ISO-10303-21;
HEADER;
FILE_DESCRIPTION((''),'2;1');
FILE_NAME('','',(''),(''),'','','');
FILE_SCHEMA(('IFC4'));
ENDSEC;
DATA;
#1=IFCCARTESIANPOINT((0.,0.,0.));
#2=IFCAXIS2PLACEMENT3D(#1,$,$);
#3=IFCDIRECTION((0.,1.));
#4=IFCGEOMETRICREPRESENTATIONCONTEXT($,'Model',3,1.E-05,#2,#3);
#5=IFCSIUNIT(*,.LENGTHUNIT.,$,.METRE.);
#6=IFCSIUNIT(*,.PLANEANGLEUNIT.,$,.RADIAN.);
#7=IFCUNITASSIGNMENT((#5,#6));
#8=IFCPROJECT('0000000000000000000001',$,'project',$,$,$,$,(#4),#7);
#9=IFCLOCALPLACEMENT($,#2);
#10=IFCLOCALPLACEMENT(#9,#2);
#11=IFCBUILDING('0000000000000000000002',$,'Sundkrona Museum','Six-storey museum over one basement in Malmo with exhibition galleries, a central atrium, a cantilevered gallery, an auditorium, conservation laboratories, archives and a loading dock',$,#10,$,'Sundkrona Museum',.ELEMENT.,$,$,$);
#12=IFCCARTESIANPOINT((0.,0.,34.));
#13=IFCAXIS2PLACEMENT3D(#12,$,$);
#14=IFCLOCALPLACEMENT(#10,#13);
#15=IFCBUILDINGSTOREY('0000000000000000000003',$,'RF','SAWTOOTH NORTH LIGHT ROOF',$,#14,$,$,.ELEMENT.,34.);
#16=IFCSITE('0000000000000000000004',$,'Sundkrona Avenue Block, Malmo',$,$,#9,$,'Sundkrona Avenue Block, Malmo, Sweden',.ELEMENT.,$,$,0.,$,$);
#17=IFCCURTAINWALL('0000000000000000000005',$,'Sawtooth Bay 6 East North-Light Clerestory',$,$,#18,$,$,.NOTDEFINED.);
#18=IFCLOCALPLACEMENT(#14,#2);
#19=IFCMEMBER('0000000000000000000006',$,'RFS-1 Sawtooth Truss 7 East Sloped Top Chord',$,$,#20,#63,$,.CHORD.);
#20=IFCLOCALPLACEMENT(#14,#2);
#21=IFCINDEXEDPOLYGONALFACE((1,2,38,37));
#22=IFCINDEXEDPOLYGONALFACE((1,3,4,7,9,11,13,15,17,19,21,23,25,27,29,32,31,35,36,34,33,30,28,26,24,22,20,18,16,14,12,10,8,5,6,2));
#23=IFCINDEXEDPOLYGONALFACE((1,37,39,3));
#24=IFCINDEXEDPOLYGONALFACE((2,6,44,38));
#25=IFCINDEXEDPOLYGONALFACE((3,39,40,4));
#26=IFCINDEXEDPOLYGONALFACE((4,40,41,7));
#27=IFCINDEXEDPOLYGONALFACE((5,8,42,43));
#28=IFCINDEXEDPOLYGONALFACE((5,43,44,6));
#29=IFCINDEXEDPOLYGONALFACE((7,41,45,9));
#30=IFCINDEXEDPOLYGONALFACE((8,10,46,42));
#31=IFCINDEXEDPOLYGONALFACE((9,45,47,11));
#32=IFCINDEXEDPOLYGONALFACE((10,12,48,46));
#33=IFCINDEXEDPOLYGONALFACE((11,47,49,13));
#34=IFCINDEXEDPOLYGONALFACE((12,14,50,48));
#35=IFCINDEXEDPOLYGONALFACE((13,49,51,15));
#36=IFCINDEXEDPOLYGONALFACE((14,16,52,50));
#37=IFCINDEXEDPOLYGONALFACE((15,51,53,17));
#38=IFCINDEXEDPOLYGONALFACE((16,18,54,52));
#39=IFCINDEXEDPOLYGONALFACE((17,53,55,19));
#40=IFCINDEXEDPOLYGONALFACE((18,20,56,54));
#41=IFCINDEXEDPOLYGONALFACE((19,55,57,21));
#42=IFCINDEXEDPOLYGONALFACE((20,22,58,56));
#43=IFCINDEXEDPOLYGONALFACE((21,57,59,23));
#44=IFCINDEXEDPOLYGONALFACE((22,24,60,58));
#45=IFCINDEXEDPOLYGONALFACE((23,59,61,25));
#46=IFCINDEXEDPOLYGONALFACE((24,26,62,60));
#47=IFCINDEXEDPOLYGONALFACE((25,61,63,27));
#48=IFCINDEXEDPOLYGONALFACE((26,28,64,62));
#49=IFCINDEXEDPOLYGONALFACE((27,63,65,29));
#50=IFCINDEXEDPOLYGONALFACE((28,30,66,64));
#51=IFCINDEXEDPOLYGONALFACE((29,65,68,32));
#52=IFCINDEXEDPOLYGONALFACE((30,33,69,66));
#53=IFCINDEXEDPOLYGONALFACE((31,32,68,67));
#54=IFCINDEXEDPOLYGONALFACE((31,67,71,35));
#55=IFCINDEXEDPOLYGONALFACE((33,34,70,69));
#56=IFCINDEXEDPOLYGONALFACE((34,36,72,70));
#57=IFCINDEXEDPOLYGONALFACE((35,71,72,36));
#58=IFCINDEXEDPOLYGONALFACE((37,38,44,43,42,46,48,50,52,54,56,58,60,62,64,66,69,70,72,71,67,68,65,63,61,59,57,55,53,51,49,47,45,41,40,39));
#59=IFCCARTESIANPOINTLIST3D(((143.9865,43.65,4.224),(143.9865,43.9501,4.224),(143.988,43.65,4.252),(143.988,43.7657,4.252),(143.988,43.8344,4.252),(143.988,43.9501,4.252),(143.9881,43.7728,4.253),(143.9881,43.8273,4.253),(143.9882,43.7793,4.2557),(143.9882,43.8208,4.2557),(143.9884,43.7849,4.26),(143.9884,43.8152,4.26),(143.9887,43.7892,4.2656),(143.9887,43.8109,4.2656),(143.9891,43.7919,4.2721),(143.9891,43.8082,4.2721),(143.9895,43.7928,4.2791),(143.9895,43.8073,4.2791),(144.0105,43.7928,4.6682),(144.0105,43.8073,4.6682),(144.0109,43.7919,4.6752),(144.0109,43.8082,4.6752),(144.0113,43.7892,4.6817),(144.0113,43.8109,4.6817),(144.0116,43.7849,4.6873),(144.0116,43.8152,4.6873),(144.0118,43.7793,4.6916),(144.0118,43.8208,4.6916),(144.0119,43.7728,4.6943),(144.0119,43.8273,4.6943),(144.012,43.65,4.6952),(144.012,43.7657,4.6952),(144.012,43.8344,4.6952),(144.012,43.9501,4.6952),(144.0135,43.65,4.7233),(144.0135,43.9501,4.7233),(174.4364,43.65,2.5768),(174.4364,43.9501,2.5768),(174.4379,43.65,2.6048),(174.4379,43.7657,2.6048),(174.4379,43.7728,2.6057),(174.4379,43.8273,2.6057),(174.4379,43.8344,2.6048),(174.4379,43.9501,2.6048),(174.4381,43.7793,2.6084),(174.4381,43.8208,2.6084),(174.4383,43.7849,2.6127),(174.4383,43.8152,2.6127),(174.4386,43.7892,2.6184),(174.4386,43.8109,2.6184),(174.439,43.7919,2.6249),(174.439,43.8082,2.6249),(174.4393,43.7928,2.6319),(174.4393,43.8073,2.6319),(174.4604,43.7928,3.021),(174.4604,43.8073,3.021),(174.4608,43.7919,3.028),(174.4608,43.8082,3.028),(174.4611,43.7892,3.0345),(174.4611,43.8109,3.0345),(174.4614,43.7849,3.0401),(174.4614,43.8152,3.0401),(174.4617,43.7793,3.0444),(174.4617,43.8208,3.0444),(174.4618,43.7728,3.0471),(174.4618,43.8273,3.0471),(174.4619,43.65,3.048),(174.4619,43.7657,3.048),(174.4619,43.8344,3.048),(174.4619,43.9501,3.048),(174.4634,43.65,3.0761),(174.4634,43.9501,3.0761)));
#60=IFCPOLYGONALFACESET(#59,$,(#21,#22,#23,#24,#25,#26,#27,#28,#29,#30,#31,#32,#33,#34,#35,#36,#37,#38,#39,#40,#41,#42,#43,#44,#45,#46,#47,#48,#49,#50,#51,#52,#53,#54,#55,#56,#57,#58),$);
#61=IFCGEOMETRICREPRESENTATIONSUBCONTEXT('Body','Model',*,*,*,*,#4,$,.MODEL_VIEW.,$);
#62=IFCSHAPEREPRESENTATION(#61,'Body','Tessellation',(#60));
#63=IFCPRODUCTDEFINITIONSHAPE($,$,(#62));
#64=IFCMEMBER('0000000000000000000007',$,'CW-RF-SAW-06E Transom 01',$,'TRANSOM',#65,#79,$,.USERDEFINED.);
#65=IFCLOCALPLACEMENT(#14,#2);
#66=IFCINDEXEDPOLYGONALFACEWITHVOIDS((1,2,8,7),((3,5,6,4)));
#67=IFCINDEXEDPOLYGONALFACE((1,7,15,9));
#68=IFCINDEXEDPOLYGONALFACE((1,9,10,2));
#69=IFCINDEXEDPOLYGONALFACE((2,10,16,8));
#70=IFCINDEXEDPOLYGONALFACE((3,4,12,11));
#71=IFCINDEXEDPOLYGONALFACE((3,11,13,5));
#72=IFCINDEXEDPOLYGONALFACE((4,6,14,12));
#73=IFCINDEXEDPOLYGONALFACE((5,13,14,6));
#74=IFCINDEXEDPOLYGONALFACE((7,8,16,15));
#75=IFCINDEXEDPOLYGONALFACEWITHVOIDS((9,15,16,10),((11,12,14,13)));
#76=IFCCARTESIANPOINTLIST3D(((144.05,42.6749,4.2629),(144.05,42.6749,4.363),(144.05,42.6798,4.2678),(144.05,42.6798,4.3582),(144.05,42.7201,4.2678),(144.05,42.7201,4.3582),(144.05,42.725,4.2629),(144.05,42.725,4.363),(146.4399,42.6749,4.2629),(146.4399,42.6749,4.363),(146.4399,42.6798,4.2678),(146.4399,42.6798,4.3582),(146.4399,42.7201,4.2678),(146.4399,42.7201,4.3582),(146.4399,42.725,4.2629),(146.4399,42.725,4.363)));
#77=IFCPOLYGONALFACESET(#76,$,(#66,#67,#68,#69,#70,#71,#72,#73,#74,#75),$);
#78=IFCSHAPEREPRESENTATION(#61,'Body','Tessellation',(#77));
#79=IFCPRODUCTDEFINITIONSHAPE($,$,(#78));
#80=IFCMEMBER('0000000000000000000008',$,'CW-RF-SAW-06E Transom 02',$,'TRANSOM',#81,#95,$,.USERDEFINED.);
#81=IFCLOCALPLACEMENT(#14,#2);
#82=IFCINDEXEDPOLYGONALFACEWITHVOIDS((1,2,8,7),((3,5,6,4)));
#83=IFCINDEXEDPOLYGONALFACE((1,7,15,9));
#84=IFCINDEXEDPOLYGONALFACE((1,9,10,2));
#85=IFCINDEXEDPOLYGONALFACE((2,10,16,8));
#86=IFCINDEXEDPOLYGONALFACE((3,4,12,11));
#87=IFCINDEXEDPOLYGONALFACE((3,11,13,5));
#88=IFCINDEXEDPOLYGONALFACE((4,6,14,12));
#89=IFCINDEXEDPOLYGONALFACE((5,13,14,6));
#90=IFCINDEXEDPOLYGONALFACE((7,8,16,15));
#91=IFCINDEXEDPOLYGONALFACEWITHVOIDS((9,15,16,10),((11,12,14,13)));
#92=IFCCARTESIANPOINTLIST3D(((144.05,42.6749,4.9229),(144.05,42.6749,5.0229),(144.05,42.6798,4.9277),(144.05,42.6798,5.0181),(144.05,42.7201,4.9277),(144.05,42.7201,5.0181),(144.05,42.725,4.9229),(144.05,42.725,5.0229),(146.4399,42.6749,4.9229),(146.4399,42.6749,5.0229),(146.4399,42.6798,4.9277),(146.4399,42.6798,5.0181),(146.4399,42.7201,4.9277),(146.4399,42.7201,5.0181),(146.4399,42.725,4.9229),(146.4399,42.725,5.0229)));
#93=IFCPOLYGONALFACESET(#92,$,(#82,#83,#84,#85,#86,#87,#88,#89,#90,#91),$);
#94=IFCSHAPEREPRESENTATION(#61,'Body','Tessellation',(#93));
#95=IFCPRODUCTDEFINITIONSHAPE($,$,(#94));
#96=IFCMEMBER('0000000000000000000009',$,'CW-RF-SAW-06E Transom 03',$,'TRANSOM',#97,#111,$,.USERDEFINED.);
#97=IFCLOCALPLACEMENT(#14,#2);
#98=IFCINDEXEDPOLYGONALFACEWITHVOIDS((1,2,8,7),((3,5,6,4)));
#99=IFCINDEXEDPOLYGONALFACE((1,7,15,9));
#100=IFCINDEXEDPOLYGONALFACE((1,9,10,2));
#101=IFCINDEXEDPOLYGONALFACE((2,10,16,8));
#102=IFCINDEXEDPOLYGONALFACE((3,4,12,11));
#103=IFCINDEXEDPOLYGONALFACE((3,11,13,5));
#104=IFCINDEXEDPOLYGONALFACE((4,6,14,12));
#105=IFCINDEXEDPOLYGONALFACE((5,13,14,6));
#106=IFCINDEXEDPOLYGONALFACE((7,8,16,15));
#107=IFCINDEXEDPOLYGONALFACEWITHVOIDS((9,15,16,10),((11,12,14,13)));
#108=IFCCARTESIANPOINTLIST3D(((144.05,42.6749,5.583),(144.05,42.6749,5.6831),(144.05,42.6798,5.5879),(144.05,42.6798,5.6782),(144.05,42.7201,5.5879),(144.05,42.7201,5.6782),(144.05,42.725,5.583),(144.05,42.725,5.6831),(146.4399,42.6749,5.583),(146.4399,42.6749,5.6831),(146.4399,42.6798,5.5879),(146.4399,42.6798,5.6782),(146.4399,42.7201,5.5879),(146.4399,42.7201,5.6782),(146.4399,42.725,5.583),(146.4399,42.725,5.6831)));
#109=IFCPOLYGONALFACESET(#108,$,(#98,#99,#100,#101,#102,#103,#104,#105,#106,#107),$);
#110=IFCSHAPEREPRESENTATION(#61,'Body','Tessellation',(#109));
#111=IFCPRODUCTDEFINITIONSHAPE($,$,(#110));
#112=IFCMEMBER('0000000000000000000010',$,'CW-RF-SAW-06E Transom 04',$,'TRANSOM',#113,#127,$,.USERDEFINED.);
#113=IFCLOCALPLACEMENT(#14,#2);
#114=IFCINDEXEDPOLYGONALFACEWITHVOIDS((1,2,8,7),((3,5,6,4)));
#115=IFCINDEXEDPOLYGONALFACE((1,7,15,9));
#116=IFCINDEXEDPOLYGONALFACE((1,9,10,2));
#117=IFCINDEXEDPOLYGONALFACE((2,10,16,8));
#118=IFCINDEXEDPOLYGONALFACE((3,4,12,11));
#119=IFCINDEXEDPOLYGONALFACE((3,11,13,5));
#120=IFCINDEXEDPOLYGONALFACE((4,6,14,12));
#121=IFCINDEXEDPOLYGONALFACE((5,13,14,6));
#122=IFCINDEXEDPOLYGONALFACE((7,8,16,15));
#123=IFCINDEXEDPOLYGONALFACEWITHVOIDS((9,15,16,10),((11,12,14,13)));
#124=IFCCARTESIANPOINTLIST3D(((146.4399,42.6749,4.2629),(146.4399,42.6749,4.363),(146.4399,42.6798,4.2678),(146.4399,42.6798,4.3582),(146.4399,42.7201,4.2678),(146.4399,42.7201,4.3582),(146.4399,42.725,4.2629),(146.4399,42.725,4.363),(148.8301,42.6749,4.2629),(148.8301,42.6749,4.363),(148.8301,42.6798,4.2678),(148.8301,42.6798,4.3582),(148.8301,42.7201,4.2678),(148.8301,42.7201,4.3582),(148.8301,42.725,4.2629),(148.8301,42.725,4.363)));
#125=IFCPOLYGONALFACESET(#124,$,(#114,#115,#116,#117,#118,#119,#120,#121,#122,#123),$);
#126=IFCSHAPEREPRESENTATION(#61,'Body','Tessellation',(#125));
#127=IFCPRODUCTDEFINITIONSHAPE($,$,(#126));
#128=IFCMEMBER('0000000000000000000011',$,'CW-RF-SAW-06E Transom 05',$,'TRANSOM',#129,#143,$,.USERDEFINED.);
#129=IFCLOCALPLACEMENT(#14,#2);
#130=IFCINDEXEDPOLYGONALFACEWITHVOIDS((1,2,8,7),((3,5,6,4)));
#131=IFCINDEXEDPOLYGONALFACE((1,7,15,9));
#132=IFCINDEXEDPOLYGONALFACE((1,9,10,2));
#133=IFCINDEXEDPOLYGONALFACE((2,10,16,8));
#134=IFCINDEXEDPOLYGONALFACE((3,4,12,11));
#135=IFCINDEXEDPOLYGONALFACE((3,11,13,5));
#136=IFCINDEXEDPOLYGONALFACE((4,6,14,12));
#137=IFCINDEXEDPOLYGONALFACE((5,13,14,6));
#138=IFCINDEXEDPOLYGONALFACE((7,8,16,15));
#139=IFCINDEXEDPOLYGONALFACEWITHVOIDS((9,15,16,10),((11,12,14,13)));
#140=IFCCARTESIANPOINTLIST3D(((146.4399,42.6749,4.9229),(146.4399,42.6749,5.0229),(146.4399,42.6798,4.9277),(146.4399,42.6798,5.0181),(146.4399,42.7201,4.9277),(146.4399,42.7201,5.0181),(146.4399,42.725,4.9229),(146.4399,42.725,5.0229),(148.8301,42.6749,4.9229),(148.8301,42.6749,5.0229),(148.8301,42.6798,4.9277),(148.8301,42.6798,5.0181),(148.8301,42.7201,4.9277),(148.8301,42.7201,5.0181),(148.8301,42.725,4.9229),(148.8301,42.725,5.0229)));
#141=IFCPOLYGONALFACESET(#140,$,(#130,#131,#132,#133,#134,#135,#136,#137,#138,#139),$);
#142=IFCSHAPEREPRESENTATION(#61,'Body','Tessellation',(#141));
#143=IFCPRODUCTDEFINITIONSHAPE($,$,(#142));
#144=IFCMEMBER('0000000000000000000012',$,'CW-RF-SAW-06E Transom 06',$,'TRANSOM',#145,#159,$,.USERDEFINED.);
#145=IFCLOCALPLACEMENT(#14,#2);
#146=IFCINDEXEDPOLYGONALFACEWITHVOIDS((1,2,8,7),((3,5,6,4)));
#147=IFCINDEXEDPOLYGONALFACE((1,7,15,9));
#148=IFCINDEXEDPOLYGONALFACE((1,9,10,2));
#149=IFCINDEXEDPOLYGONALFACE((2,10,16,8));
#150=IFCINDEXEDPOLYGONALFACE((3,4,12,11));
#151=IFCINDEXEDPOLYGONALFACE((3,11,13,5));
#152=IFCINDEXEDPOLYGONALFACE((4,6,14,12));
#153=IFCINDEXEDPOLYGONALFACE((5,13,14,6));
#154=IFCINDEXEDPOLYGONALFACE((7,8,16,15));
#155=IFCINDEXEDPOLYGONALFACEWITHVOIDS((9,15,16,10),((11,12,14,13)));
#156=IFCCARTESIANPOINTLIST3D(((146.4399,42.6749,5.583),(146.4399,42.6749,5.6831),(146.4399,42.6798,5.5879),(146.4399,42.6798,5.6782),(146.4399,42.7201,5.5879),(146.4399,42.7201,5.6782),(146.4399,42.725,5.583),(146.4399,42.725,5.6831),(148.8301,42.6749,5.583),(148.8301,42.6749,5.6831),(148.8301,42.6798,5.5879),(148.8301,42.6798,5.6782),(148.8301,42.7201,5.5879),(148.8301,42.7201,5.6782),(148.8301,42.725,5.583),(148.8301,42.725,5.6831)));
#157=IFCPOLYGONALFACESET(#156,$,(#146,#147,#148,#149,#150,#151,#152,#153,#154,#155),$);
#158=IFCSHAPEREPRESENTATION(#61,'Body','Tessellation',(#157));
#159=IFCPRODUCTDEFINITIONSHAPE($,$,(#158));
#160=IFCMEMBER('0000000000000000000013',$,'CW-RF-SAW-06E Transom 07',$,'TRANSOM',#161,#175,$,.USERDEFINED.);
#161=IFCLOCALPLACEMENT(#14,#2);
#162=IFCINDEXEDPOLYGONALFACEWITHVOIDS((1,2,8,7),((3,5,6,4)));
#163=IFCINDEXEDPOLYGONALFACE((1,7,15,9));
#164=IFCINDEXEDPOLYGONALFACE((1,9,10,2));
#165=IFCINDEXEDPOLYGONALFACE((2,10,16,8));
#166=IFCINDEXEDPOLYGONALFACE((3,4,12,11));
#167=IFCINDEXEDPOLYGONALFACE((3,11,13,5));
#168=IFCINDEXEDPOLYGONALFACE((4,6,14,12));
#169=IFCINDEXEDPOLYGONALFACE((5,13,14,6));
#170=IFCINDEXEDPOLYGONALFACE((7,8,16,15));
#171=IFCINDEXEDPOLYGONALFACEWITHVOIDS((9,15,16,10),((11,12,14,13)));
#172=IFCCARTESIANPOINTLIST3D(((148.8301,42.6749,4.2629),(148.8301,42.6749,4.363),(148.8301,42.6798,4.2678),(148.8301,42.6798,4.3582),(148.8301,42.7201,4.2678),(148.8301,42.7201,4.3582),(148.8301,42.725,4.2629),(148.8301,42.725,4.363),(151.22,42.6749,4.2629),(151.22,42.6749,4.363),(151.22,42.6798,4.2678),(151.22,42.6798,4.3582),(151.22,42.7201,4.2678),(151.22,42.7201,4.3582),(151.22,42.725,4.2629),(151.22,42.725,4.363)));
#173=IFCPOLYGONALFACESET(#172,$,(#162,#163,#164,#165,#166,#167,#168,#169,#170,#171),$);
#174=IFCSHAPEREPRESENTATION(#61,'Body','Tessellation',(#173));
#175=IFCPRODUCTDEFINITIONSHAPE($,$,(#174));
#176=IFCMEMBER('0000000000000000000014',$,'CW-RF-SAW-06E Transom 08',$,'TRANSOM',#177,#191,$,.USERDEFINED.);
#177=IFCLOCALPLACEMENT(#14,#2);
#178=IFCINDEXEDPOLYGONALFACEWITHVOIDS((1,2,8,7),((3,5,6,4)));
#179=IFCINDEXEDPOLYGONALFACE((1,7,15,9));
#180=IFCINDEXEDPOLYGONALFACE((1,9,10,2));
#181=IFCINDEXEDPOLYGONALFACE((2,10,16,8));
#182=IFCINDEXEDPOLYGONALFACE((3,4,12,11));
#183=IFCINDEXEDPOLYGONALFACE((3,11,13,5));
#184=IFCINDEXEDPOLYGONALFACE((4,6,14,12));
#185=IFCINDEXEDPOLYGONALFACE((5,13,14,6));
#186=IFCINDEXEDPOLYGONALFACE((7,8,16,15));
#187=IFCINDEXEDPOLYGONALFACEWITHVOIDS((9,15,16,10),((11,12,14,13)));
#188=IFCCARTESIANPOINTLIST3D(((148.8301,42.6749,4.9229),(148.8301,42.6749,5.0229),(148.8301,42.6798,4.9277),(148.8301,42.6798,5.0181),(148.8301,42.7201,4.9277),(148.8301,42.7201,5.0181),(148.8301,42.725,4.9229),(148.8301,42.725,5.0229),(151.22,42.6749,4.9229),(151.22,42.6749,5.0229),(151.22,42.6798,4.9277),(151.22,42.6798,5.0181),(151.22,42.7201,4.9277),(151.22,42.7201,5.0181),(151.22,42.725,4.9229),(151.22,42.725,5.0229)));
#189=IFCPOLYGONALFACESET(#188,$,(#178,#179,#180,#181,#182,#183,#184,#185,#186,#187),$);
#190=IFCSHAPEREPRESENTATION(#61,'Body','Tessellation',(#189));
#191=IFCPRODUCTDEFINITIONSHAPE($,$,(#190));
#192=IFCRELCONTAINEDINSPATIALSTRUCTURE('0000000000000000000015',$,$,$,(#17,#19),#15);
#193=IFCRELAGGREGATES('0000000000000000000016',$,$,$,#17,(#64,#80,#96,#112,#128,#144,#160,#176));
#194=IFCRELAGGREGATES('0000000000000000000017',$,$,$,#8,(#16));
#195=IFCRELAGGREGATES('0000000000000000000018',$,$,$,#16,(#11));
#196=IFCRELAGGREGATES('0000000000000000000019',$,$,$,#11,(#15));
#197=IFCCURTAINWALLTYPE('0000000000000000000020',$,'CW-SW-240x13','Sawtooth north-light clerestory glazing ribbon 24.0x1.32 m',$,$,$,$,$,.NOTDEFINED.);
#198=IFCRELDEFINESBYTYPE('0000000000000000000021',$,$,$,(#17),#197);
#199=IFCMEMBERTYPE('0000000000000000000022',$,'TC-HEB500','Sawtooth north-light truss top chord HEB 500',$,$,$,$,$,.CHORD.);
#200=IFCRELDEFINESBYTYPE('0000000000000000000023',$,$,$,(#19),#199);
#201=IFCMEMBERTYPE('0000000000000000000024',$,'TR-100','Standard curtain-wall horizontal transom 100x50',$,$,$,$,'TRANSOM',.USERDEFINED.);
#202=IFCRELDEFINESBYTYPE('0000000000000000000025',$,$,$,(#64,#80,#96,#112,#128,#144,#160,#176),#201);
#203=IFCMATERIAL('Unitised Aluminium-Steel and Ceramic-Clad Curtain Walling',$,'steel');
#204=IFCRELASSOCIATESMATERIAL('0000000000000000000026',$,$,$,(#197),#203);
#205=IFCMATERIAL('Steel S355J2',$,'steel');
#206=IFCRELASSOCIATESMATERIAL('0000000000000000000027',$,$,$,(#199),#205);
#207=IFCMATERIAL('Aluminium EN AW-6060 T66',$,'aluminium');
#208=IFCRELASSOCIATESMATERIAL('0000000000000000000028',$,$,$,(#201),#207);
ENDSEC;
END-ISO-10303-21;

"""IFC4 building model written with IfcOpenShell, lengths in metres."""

from ifc_helpers import new_model, si_unit, direction, frame, origin, origin_2d, place, context, subcontext, project, spatial, hollow_rectangle, i_section, extrude, material, material_profile, profile_set, type_object, element, aggregate, save


model = new_model("IFC4")

# Units and contexts
model_context = context("Model", 3, precision=1e-05, world=origin(), true_north=direction((0.0, 1.0)))
body_context = subcontext(model_context, "Body", "Model", "MODEL_VIEW")
ifc_project = project(units=[si_unit("LENGTHUNIT", "METRE"), si_unit("PLANEANGLEUNIT", "RADIAN")], contexts=[model_context])

# Site, building, storey
site_placement = place(None, origin())
site = spatial("IfcSite", under=ifc_project, at=site_placement, Name="Sundkrona Avenue Block, Malmo", LongName="Sundkrona Avenue Block, Malmo, Sweden", CompositionType="ELEMENT", RefElevation=0.0)
building_placement = place(site_placement, origin())
building = spatial("IfcBuilding", under=site, at=building_placement, Name="Sundkrona Museum", Description="Six-storey museum over one basement in Malmo with exhibition galleries, a central atrium, a cantilevered gallery, an auditorium, conservation laboratories, archives and a loading dock", LongName="Sundkrona Museum", CompositionType="ELEMENT")
storey_placement = place(building_placement, frame((0.0, 0.0, 34.0)))
storey = spatial("IfcBuildingStorey", under=building, at=storey_placement, Name="RF", Description="SAWTOOTH NORTH LIGHT ROOF", CompositionType="ELEMENT", Elevation=34.0)

# Curtain wall
ifc_material_1 = material(Name="Unitised Aluminium-Steel and Ceramic-Clad Curtain Walling", Category="steel")
curtain_wall_type = type_object("IfcCurtainWallType", Name="CW-SW-240x13", Description="Sawtooth north-light clerestory glazing ribbon 24.0x1.32 m", PredefinedType="NOTDEFINED", material=ifc_material_1)
curtain_wall_1_placement = place(storey_placement, origin())
curtain_wall_1 = element("IfcCurtainWall", 1, at=curtain_wall_1_placement, inside=storey, type_object=curtain_wall_type, Name="Sawtooth Bay 6 East North-Light Clerestory", PredefinedType="NOTDEFINED")
ifc_material_2 = material(Name="Aluminium EN AW-6060 T66", Category="aluminium")

# Member
ifc_material_3 = material(Name="Steel S355J2", Category="steel")
ifc_material_profile_1 = material_profile(ifc_material_3, i_section(OverallWidth=0.3, OverallDepth=0.5, WebThickness=0.0144, FlangeThickness=0.0281, FilletRadius=0.0271, at=origin_2d()), Name="HEB 500")
ifc_profile_set_1 = profile_set([ifc_material_profile_1], Name="Steel S355J2")
member_type_1 = type_object("IfcMemberType", Name="TC-HEB500", Description="Sawtooth north-light truss top chord HEB 500", PredefinedType="CHORD", material=ifc_profile_set_1)
member_1_placement = place(storey_placement, frame((144.0, 43.8, 4.4736), z_axis=(0.99854, 0.0, -0.054017), x_axis=(0.0, 1.0, 0.0)))
element("IfcMember", 2, at=member_1_placement, inside=storey, type_object=member_type_1, Name="RFS-1 Sawtooth Truss 7 East Sloped Top Chord", PredefinedType="CHORD", context=body_context, shape_type="SweptSolid", body=[
    extrude(i_section(OverallWidth=0.3, OverallDepth=0.5, WebThickness=0.0144, FlangeThickness=0.0281, FilletRadius=0.0271, at=origin_2d()), origin(), (0.0, 0.0, 1.0), 30.4944),
])

# Members
ifc_material_profile_2 = material_profile(ifc_material_2, hollow_rectangle(XDim=0.05, YDim=0.1001, WallThickness=0.0049, at=origin_2d()), Name="RHS 100x50x5.0")
ifc_profile_set_2 = profile_set([ifc_material_profile_2], Name="Aluminium EN AW-6060 T66")
member_type_2 = type_object("IfcMemberType", Name="TR-100", Description="Standard curtain-wall horizontal transom 100x50", ElementType="TRANSOM", PredefinedType="USERDEFINED", material=ifc_profile_set_2)
member_2_placement = place(storey_placement, frame((144.05, 42.7, 4.313), z_axis=(1.0, 0.0, 0.0), x_axis=(0.0, 1.0, 0.0)))
member_2 = element("IfcMember", 3, at=member_2_placement, type_object=member_type_2, Name="CW-RF-SAW-06E Transom 01", ObjectType="TRANSOM", PredefinedType="USERDEFINED", context=body_context, shape_type="SweptSolid", body=[
    extrude(hollow_rectangle(XDim=0.05, YDim=0.1001, WallThickness=0.0049, at=origin_2d()), origin(), (0.0, 0.0, 1.0), 2.3899),
])
member_3_placement = place(storey_placement, frame((144.05, 42.7, 4.9729), z_axis=(1.0, 0.0, 0.0), x_axis=(0.0, 1.0, 0.0)))
member_3 = element("IfcMember", 4, at=member_3_placement, type_object=member_type_2, Name="CW-RF-SAW-06E Transom 02", ObjectType="TRANSOM", PredefinedType="USERDEFINED", context=body_context, shape_type="SweptSolid", body=[
    extrude(hollow_rectangle(XDim=0.05, YDim=0.1001, WallThickness=0.0049, at=origin_2d()), origin(), (0.0, 0.0, 1.0), 2.3899),
])
member_4_placement = place(storey_placement, frame((144.05, 42.7, 5.6331), z_axis=(1.0, 0.0, 0.0), x_axis=(0.0, 1.0, 0.0)))
member_4 = element("IfcMember", 5, at=member_4_placement, type_object=member_type_2, Name="CW-RF-SAW-06E Transom 03", ObjectType="TRANSOM", PredefinedType="USERDEFINED", context=body_context, shape_type="SweptSolid", body=[
    extrude(hollow_rectangle(XDim=0.05, YDim=0.1001, WallThickness=0.0049, at=origin_2d()), origin(), (0.0, 0.0, 1.0), 2.3899),
])
member_5_placement = place(storey_placement, frame((146.4399, 42.7, 4.313), z_axis=(1.0, 0.0, 0.0), x_axis=(0.0, 1.0, 0.0)))
member_5 = element("IfcMember", 6, at=member_5_placement, type_object=member_type_2, Name="CW-RF-SAW-06E Transom 04", ObjectType="TRANSOM", PredefinedType="USERDEFINED", context=body_context, shape_type="SweptSolid", body=[
    extrude(hollow_rectangle(XDim=0.05, YDim=0.1001, WallThickness=0.0049, at=origin_2d()), origin(), (0.0, 0.0, 1.0), 2.3901),
])
member_6_placement = place(storey_placement, frame((146.4399, 42.7, 4.9729), z_axis=(1.0, 0.0, 0.0), x_axis=(0.0, 1.0, 0.0)))
member_6 = element("IfcMember", 7, at=member_6_placement, type_object=member_type_2, Name="CW-RF-SAW-06E Transom 05", ObjectType="TRANSOM", PredefinedType="USERDEFINED", context=body_context, shape_type="SweptSolid", body=[
    extrude(hollow_rectangle(XDim=0.05, YDim=0.1001, WallThickness=0.0049, at=origin_2d()), origin(), (0.0, 0.0, 1.0), 2.3901),
])
member_7_placement = place(storey_placement, frame((146.4399, 42.7, 5.6331), z_axis=(1.0, 0.0, 0.0), x_axis=(0.0, 1.0, 0.0)))
member_7 = element("IfcMember", 8, at=member_7_placement, type_object=member_type_2, Name="CW-RF-SAW-06E Transom 06", ObjectType="TRANSOM", PredefinedType="USERDEFINED", context=body_context, shape_type="SweptSolid", body=[
    extrude(hollow_rectangle(XDim=0.05, YDim=0.1001, WallThickness=0.0049, at=origin_2d()), origin(), (0.0, 0.0, 1.0), 2.3901),
])
member_8_placement = place(storey_placement, frame((148.8301, 42.7, 4.313), z_axis=(1.0, 0.0, 0.0), x_axis=(0.0, 1.0, 0.0)))
member_8 = element("IfcMember", 9, at=member_8_placement, type_object=member_type_2, Name="CW-RF-SAW-06E Transom 07", ObjectType="TRANSOM", PredefinedType="USERDEFINED", context=body_context, shape_type="SweptSolid", body=[
    extrude(hollow_rectangle(XDim=0.05, YDim=0.1001, WallThickness=0.0049, at=origin_2d()), origin(), (0.0, 0.0, 1.0), 2.3899),
])
member_9_placement = place(storey_placement, frame((148.8301, 42.7, 4.9729), z_axis=(1.0, 0.0, 0.0), x_axis=(0.0, 1.0, 0.0)))
member_9 = element("IfcMember", 10, at=member_9_placement, type_object=member_type_2, Name="CW-RF-SAW-06E Transom 08", ObjectType="TRANSOM", PredefinedType="USERDEFINED", context=body_context, shape_type="SweptSolid", body=[
    extrude(hollow_rectangle(XDim=0.05, YDim=0.1001, WallThickness=0.0049, at=origin_2d()), origin(), (0.0, 0.0, 1.0), 2.3899),
])

aggregate(curtain_wall_1, [member_2, member_3, member_4, member_5, member_6, member_7, member_8, member_9])

save(model, "model.ifc")
